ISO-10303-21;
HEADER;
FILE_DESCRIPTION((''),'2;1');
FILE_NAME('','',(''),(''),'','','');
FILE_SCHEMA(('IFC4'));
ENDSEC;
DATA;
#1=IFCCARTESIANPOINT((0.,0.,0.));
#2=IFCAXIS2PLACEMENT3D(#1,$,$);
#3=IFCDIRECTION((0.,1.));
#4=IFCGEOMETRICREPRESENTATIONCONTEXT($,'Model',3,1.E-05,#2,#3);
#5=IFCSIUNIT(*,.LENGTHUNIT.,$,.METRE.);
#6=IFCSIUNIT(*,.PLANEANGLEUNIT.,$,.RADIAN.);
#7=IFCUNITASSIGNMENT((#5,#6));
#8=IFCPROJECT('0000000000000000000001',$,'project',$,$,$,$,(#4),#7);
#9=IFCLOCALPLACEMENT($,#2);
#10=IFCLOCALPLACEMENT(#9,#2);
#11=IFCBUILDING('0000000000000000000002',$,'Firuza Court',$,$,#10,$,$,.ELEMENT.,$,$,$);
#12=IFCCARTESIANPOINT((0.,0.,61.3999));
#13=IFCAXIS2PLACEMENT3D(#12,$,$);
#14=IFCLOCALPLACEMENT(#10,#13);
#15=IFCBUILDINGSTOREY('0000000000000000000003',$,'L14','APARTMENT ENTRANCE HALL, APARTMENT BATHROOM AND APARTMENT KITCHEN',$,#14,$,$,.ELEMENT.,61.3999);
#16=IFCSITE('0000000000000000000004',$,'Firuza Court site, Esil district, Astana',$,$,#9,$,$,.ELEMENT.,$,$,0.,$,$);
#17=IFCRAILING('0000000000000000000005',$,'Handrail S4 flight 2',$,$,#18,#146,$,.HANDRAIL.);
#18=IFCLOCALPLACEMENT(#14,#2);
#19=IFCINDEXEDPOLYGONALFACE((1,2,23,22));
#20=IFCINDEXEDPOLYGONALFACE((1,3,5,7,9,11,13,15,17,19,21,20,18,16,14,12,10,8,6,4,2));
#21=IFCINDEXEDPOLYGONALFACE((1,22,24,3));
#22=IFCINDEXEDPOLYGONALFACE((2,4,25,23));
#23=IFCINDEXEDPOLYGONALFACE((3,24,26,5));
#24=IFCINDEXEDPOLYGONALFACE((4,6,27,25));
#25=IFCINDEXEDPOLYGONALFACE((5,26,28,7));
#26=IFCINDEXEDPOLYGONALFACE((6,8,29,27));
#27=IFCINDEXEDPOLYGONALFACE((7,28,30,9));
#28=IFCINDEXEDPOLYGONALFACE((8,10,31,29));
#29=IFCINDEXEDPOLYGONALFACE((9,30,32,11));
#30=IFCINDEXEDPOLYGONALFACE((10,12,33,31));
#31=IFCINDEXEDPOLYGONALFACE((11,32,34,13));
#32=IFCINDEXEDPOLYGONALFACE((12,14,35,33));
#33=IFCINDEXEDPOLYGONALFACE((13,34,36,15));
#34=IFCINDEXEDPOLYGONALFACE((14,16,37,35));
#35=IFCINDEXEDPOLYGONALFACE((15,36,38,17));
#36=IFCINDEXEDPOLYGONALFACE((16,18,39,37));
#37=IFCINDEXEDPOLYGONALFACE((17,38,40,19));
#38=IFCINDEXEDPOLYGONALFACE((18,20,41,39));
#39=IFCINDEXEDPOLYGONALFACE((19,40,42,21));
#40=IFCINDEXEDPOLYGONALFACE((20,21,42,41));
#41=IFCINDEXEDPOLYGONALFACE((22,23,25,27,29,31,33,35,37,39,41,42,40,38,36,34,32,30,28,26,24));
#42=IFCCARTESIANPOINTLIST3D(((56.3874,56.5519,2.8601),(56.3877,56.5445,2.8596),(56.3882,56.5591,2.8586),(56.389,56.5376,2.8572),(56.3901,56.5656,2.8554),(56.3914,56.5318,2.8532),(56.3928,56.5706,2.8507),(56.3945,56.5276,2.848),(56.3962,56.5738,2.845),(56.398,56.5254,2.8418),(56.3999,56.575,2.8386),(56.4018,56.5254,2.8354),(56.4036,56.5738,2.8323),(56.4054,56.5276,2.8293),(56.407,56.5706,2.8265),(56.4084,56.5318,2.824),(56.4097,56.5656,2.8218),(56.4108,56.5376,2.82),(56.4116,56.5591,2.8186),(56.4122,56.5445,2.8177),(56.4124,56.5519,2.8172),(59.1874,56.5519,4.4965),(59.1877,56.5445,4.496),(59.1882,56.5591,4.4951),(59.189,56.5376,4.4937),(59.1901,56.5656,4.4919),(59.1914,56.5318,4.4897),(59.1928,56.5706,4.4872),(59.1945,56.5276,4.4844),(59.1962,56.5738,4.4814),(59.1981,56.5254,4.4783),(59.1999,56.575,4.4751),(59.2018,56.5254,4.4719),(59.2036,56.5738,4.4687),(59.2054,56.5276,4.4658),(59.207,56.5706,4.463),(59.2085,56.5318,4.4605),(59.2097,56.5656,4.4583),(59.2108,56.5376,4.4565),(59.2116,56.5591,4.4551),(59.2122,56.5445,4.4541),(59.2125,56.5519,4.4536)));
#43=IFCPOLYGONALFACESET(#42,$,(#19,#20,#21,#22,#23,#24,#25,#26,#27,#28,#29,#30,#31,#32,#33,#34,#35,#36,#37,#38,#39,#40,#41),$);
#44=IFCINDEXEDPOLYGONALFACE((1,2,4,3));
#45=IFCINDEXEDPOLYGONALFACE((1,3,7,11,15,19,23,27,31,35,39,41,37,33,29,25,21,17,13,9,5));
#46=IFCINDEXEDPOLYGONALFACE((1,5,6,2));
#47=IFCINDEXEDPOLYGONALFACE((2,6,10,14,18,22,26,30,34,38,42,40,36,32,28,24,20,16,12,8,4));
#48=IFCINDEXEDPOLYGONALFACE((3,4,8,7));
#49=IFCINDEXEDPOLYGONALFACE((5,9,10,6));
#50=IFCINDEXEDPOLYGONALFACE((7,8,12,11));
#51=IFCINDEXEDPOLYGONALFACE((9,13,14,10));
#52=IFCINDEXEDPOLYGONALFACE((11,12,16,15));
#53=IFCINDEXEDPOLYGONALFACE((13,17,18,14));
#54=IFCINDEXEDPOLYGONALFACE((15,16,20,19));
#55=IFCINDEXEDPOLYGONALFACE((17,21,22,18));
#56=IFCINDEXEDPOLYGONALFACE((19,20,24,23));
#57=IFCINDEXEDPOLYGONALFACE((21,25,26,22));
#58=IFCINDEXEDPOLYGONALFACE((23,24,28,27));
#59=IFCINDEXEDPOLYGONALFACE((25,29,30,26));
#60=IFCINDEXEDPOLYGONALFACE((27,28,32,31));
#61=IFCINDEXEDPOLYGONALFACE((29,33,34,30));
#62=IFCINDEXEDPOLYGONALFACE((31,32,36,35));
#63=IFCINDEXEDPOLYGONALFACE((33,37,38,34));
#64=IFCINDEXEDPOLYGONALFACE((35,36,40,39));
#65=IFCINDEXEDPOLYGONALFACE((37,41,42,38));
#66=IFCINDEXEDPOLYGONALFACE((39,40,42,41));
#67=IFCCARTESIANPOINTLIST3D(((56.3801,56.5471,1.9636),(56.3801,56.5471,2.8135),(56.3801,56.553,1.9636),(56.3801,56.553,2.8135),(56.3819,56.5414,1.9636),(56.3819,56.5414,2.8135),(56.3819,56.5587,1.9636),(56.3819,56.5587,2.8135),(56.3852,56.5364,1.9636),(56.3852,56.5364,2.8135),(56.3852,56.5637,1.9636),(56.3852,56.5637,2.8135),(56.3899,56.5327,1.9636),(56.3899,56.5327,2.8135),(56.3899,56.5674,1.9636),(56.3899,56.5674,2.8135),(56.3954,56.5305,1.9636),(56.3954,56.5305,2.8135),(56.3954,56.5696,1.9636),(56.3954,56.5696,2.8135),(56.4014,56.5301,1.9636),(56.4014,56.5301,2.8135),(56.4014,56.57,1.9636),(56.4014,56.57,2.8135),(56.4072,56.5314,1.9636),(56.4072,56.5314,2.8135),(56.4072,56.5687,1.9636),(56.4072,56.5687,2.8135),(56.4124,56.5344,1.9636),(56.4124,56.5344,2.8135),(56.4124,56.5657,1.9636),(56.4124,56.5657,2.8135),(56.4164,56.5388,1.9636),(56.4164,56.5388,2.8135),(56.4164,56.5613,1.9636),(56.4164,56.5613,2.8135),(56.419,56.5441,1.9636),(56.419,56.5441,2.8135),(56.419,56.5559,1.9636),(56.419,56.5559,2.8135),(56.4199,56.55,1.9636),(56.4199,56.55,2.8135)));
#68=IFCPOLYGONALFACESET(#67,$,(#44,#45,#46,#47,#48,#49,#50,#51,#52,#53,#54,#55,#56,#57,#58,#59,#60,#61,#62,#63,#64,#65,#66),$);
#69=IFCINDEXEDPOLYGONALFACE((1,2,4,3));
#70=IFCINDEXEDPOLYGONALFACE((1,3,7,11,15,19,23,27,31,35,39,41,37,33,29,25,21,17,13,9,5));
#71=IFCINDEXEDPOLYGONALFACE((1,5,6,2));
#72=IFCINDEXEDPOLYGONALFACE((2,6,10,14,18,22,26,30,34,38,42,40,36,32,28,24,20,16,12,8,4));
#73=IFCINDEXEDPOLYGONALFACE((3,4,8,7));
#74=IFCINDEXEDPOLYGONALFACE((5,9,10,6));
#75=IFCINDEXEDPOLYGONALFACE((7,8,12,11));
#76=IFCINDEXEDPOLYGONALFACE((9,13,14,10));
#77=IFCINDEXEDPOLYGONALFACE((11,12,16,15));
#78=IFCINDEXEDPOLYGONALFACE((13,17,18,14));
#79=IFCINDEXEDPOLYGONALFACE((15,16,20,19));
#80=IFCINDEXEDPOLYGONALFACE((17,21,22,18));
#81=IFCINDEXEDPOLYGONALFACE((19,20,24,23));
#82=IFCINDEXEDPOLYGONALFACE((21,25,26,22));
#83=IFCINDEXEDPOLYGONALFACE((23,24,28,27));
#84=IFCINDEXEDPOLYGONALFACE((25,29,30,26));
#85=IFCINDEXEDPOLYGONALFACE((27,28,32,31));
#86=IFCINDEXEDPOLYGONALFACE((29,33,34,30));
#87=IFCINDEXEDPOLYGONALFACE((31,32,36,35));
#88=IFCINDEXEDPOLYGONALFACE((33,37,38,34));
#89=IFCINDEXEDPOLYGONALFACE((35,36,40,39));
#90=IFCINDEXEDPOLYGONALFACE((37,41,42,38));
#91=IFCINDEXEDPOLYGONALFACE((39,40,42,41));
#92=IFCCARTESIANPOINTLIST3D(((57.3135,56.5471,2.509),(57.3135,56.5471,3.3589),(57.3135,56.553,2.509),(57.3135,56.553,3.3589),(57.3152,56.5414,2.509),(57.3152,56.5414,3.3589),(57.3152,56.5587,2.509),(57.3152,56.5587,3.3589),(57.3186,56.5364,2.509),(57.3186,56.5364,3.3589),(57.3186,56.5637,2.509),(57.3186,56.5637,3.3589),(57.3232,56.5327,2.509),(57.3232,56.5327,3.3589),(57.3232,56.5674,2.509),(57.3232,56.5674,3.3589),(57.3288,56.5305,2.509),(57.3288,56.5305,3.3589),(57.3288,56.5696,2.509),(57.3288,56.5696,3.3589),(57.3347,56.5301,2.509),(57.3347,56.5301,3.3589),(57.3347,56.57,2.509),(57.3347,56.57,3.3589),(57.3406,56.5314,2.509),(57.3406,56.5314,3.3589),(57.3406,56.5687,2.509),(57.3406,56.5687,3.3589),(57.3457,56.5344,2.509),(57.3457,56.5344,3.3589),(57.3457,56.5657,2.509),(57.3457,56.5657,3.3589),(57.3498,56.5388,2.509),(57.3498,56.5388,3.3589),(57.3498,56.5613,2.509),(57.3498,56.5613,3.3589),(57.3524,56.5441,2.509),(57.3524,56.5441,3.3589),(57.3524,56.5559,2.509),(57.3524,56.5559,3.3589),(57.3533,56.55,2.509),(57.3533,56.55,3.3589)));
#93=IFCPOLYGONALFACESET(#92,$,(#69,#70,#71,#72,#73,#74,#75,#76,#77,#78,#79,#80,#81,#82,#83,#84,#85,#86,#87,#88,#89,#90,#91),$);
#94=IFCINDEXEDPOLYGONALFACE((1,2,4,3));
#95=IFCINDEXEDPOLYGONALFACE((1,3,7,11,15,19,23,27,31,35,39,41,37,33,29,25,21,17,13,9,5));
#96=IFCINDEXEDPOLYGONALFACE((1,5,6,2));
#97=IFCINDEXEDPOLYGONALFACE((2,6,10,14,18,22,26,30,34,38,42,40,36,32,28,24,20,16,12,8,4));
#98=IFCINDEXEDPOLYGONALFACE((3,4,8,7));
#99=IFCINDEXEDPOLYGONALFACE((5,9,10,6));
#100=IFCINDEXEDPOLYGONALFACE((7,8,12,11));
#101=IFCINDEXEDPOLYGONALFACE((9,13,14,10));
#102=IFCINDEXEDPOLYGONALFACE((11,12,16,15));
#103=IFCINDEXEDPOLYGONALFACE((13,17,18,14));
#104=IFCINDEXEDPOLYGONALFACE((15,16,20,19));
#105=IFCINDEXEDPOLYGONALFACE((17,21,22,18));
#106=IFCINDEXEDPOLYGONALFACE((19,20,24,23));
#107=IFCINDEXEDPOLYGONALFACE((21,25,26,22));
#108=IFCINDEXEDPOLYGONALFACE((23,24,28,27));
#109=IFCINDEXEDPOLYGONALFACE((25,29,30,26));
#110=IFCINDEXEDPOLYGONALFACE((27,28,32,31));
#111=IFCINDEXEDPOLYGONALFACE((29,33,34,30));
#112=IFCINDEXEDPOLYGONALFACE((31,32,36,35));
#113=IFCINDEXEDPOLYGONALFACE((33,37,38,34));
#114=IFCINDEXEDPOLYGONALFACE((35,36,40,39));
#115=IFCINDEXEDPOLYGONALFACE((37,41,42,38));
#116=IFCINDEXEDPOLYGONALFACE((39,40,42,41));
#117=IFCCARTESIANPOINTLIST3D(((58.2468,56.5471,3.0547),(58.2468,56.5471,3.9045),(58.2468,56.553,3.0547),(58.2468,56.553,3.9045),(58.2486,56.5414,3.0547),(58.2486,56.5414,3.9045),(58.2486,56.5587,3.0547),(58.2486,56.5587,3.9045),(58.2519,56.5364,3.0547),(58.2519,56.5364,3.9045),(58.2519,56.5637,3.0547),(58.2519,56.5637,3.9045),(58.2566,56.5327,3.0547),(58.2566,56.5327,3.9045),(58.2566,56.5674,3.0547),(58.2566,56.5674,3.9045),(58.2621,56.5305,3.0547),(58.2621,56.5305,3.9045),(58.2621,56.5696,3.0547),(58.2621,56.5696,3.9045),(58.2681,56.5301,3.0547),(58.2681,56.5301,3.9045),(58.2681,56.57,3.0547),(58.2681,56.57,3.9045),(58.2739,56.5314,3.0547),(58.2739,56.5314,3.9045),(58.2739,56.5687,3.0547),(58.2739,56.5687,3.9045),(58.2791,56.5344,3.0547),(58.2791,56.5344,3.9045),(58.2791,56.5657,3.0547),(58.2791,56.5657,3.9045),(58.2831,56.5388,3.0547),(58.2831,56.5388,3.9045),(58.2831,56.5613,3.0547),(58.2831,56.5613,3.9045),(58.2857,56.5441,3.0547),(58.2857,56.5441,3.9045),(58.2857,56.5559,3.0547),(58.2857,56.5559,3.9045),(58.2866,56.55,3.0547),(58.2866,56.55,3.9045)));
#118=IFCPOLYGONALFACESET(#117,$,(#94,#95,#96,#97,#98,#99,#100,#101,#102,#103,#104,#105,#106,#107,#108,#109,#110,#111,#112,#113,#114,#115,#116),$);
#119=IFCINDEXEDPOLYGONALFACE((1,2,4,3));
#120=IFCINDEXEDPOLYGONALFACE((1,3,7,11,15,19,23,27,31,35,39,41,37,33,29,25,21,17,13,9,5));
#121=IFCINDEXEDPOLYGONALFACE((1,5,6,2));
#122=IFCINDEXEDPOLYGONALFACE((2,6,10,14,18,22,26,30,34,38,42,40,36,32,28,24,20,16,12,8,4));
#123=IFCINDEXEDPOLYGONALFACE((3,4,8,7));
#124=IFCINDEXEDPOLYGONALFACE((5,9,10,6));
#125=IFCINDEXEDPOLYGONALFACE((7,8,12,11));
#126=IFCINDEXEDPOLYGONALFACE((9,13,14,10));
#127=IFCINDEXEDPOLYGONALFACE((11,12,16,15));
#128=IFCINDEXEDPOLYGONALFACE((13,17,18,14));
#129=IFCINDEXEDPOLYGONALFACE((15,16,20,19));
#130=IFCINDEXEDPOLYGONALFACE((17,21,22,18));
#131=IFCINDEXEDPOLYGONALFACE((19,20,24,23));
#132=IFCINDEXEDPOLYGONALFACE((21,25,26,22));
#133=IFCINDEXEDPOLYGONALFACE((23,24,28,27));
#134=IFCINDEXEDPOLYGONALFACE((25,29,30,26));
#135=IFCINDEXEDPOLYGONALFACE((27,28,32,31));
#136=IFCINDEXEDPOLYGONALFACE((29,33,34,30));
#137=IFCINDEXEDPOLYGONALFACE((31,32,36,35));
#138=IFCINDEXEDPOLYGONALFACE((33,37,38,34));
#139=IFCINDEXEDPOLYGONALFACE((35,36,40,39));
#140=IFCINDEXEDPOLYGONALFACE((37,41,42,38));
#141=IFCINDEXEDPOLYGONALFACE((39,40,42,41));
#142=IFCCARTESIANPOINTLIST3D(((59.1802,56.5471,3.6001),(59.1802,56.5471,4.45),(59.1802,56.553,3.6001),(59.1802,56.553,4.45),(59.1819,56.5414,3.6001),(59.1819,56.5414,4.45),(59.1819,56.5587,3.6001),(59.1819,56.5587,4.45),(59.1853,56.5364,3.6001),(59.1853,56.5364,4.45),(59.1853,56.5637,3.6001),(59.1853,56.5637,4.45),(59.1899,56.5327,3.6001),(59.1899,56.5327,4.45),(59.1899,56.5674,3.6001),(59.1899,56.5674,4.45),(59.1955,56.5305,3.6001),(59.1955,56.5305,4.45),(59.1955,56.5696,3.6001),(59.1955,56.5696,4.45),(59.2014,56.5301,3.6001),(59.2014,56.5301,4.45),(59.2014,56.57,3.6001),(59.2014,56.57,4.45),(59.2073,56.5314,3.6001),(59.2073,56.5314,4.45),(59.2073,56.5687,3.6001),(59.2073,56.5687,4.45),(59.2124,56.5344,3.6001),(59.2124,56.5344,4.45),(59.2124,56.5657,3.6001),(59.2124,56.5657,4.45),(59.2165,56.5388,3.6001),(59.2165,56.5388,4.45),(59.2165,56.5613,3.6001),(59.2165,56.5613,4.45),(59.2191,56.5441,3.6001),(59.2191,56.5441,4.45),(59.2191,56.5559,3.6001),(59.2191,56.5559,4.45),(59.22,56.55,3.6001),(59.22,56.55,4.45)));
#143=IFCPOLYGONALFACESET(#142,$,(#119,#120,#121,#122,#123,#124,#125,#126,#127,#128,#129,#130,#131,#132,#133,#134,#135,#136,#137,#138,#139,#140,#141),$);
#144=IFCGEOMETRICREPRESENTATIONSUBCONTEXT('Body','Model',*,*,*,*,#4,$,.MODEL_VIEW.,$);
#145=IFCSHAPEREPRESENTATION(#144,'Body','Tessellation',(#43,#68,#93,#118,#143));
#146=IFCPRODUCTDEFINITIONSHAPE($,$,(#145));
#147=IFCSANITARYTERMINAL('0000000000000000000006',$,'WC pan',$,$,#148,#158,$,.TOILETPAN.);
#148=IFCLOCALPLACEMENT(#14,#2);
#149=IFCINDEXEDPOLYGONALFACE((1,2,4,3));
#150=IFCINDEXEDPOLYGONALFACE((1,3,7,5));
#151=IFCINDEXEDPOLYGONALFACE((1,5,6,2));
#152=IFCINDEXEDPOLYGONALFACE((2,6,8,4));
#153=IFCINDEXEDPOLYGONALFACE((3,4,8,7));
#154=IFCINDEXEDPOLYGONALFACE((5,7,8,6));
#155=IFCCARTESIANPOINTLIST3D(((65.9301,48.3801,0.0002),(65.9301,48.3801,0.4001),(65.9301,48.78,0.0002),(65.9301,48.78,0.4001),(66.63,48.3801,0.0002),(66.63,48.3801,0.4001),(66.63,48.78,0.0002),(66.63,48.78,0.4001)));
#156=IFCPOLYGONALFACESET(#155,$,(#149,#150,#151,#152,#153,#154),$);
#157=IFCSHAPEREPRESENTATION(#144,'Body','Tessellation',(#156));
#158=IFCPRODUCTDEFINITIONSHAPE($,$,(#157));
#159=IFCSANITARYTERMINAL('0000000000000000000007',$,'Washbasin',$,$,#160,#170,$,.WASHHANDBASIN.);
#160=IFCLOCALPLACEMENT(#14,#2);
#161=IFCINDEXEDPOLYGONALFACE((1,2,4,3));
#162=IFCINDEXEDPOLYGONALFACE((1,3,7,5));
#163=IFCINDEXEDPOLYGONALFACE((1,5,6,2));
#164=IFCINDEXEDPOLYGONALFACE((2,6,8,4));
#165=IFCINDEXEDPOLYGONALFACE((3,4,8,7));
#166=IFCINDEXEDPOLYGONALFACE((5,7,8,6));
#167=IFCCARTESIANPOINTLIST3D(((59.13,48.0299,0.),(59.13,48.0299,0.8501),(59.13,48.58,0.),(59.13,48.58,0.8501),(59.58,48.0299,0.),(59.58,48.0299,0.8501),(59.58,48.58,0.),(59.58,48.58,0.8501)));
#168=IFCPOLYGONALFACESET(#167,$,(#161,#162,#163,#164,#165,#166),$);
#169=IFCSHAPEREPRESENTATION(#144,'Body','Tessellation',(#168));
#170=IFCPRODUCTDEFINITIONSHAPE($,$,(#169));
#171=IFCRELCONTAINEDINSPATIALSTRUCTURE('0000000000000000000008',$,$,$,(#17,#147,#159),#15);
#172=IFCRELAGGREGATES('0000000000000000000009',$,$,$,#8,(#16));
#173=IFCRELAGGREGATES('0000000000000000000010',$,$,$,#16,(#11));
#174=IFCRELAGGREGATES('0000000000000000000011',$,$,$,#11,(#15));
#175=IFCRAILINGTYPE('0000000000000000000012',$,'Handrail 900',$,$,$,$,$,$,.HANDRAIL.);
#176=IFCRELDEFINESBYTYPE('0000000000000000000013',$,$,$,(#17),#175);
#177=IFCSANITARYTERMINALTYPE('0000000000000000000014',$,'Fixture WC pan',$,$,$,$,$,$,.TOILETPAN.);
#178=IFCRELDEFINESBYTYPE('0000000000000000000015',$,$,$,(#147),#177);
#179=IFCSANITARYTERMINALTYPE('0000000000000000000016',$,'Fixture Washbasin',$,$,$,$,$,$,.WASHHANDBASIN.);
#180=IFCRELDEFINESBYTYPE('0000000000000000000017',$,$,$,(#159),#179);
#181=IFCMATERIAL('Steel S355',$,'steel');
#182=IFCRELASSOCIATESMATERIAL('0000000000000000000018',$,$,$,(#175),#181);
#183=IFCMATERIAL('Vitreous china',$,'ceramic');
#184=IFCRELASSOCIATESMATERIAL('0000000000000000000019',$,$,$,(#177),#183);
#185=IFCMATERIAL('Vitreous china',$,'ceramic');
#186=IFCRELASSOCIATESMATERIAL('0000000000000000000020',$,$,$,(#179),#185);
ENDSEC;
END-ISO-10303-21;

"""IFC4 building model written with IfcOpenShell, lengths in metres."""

from ifc_helpers import new_model, si_unit, direction, frame, origin, origin_2d, place, context, subcontext, project, spatial, rectangle, circle, extrude, material, type_object, element, save


model = new_model("IFC4")

# Units and contexts
model_context = context("Model", 3, precision=1e-05, world=origin(), true_north=direction((0.0, 1.0)))
body_context = subcontext(model_context, "Body", "Model", "MODEL_VIEW")
ifc_project = project(units=[si_unit("LENGTHUNIT", "METRE"), si_unit("PLANEANGLEUNIT", "RADIAN")], contexts=[model_context])

# Site, building, storey
site_placement = place(None, origin())
site = spatial("IfcSite", under=ifc_project, at=site_placement, Name="Firuza Court site, Esil district, Astana", CompositionType="ELEMENT", RefElevation=0.0)
building_placement = place(site_placement, origin())
building = spatial("IfcBuilding", under=site, at=building_placement, Name="Firuza Court", CompositionType="ELEMENT")
storey_placement = place(building_placement, frame((0.0, 0.0, 61.3999)))
storey = spatial("IfcBuildingStorey", under=building, at=storey_placement, Name="L14", Description="APARTMENT ENTRANCE HALL, APARTMENT BATHROOM AND APARTMENT KITCHEN", CompositionType="ELEMENT", Elevation=61.3999)

# Railing
ifc_material_1 = material(Name="Steel S355", Category="steel")
railing_type_1 = type_object("IfcRailingType", Name="Handrail 900", PredefinedType="HANDRAIL", material=ifc_material_1)
railing_1_placement = place(storey_placement, frame((56.3999, 56.55, 1.9636)))
element("IfcRailing", 1, at=railing_1_placement, inside=storey, type_object=railing_type_1, Name="Handrail S4 flight 2", PredefinedType="HANDRAIL", context=body_context, shape_type="SweptSolid", body=[
    extrude(circle(Radius=0.0249, at=origin_2d()), frame((0.0, 0.0, 0.875), z_axis=(0.863361, 0.0, 0.504587), x_axis=(0.0, 1.0, 0.0)), (0.0, 0.0, 1.0), 3.2432),
    extrude(circle(Radius=0.02, at=origin_2d()), origin(), (0.0, 0.0, 1.0), 0.8499),
    extrude(circle(Radius=0.02, at=origin_2d()), frame((0.9333, 0.0, 0.5454)), (0.0, 0.0, 1.0), 0.8499),
    extrude(circle(Radius=0.02, at=origin_2d()), frame((1.8667, 0.0, 1.0911)), (0.0, 0.0, 1.0), 0.8499),
    extrude(circle(Radius=0.02, at=origin_2d()), frame((2.8, 0.0, 1.6365)), (0.0, 0.0, 1.0), 0.8499),
])

# Sanitary terminals
ifc_material_2 = material(Name="Vitreous china", Category="ceramic")
sanitary_terminal_type_1 = type_object("IfcSanitaryTerminalType", Name="Fixture WC pan", PredefinedType="TOILETPAN", material=ifc_material_2)
sanitary_terminal_1_placement = place(storey_placement, frame((66.28, 48.5801, 0.0002), z_axis=(0.0, 0.0, 1.0), x_axis=(1.0, 0.0, 0.0)))
element("IfcSanitaryTerminal", 2, at=sanitary_terminal_1_placement, inside=storey, type_object=sanitary_terminal_type_1, Name="WC pan", PredefinedType="TOILETPAN", context=body_context, shape_type="SweptSolid", body=[
    extrude(rectangle(XDim=0.7, YDim=0.3999, at=origin_2d()), origin(), (0.0, 0.0, 1.0), 0.3999),
])
ifc_material_3 = material(Name="Vitreous china", Category="ceramic")
sanitary_terminal_type_2 = type_object("IfcSanitaryTerminalType", Name="Fixture Washbasin", PredefinedType="WASHHANDBASIN", material=ifc_material_3)
sanitary_terminal_2_placement = place(storey_placement, frame((59.355, 48.3049, 0.0), z_axis=(0.0, 0.0, 1.0), x_axis=(1.0, 0.0, 0.0)))
element("IfcSanitaryTerminal", 3, at=sanitary_terminal_2_placement, inside=storey, type_object=sanitary_terminal_type_2, Name="Washbasin", PredefinedType="WASHHANDBASIN", context=body_context, shape_type="SweptSolid", body=[
    extrude(rectangle(XDim=0.45, YDim=0.55, at=origin_2d()), origin(), (0.0, 0.0, 1.0), 0.8501),
])

save(model, "model.ifc")
